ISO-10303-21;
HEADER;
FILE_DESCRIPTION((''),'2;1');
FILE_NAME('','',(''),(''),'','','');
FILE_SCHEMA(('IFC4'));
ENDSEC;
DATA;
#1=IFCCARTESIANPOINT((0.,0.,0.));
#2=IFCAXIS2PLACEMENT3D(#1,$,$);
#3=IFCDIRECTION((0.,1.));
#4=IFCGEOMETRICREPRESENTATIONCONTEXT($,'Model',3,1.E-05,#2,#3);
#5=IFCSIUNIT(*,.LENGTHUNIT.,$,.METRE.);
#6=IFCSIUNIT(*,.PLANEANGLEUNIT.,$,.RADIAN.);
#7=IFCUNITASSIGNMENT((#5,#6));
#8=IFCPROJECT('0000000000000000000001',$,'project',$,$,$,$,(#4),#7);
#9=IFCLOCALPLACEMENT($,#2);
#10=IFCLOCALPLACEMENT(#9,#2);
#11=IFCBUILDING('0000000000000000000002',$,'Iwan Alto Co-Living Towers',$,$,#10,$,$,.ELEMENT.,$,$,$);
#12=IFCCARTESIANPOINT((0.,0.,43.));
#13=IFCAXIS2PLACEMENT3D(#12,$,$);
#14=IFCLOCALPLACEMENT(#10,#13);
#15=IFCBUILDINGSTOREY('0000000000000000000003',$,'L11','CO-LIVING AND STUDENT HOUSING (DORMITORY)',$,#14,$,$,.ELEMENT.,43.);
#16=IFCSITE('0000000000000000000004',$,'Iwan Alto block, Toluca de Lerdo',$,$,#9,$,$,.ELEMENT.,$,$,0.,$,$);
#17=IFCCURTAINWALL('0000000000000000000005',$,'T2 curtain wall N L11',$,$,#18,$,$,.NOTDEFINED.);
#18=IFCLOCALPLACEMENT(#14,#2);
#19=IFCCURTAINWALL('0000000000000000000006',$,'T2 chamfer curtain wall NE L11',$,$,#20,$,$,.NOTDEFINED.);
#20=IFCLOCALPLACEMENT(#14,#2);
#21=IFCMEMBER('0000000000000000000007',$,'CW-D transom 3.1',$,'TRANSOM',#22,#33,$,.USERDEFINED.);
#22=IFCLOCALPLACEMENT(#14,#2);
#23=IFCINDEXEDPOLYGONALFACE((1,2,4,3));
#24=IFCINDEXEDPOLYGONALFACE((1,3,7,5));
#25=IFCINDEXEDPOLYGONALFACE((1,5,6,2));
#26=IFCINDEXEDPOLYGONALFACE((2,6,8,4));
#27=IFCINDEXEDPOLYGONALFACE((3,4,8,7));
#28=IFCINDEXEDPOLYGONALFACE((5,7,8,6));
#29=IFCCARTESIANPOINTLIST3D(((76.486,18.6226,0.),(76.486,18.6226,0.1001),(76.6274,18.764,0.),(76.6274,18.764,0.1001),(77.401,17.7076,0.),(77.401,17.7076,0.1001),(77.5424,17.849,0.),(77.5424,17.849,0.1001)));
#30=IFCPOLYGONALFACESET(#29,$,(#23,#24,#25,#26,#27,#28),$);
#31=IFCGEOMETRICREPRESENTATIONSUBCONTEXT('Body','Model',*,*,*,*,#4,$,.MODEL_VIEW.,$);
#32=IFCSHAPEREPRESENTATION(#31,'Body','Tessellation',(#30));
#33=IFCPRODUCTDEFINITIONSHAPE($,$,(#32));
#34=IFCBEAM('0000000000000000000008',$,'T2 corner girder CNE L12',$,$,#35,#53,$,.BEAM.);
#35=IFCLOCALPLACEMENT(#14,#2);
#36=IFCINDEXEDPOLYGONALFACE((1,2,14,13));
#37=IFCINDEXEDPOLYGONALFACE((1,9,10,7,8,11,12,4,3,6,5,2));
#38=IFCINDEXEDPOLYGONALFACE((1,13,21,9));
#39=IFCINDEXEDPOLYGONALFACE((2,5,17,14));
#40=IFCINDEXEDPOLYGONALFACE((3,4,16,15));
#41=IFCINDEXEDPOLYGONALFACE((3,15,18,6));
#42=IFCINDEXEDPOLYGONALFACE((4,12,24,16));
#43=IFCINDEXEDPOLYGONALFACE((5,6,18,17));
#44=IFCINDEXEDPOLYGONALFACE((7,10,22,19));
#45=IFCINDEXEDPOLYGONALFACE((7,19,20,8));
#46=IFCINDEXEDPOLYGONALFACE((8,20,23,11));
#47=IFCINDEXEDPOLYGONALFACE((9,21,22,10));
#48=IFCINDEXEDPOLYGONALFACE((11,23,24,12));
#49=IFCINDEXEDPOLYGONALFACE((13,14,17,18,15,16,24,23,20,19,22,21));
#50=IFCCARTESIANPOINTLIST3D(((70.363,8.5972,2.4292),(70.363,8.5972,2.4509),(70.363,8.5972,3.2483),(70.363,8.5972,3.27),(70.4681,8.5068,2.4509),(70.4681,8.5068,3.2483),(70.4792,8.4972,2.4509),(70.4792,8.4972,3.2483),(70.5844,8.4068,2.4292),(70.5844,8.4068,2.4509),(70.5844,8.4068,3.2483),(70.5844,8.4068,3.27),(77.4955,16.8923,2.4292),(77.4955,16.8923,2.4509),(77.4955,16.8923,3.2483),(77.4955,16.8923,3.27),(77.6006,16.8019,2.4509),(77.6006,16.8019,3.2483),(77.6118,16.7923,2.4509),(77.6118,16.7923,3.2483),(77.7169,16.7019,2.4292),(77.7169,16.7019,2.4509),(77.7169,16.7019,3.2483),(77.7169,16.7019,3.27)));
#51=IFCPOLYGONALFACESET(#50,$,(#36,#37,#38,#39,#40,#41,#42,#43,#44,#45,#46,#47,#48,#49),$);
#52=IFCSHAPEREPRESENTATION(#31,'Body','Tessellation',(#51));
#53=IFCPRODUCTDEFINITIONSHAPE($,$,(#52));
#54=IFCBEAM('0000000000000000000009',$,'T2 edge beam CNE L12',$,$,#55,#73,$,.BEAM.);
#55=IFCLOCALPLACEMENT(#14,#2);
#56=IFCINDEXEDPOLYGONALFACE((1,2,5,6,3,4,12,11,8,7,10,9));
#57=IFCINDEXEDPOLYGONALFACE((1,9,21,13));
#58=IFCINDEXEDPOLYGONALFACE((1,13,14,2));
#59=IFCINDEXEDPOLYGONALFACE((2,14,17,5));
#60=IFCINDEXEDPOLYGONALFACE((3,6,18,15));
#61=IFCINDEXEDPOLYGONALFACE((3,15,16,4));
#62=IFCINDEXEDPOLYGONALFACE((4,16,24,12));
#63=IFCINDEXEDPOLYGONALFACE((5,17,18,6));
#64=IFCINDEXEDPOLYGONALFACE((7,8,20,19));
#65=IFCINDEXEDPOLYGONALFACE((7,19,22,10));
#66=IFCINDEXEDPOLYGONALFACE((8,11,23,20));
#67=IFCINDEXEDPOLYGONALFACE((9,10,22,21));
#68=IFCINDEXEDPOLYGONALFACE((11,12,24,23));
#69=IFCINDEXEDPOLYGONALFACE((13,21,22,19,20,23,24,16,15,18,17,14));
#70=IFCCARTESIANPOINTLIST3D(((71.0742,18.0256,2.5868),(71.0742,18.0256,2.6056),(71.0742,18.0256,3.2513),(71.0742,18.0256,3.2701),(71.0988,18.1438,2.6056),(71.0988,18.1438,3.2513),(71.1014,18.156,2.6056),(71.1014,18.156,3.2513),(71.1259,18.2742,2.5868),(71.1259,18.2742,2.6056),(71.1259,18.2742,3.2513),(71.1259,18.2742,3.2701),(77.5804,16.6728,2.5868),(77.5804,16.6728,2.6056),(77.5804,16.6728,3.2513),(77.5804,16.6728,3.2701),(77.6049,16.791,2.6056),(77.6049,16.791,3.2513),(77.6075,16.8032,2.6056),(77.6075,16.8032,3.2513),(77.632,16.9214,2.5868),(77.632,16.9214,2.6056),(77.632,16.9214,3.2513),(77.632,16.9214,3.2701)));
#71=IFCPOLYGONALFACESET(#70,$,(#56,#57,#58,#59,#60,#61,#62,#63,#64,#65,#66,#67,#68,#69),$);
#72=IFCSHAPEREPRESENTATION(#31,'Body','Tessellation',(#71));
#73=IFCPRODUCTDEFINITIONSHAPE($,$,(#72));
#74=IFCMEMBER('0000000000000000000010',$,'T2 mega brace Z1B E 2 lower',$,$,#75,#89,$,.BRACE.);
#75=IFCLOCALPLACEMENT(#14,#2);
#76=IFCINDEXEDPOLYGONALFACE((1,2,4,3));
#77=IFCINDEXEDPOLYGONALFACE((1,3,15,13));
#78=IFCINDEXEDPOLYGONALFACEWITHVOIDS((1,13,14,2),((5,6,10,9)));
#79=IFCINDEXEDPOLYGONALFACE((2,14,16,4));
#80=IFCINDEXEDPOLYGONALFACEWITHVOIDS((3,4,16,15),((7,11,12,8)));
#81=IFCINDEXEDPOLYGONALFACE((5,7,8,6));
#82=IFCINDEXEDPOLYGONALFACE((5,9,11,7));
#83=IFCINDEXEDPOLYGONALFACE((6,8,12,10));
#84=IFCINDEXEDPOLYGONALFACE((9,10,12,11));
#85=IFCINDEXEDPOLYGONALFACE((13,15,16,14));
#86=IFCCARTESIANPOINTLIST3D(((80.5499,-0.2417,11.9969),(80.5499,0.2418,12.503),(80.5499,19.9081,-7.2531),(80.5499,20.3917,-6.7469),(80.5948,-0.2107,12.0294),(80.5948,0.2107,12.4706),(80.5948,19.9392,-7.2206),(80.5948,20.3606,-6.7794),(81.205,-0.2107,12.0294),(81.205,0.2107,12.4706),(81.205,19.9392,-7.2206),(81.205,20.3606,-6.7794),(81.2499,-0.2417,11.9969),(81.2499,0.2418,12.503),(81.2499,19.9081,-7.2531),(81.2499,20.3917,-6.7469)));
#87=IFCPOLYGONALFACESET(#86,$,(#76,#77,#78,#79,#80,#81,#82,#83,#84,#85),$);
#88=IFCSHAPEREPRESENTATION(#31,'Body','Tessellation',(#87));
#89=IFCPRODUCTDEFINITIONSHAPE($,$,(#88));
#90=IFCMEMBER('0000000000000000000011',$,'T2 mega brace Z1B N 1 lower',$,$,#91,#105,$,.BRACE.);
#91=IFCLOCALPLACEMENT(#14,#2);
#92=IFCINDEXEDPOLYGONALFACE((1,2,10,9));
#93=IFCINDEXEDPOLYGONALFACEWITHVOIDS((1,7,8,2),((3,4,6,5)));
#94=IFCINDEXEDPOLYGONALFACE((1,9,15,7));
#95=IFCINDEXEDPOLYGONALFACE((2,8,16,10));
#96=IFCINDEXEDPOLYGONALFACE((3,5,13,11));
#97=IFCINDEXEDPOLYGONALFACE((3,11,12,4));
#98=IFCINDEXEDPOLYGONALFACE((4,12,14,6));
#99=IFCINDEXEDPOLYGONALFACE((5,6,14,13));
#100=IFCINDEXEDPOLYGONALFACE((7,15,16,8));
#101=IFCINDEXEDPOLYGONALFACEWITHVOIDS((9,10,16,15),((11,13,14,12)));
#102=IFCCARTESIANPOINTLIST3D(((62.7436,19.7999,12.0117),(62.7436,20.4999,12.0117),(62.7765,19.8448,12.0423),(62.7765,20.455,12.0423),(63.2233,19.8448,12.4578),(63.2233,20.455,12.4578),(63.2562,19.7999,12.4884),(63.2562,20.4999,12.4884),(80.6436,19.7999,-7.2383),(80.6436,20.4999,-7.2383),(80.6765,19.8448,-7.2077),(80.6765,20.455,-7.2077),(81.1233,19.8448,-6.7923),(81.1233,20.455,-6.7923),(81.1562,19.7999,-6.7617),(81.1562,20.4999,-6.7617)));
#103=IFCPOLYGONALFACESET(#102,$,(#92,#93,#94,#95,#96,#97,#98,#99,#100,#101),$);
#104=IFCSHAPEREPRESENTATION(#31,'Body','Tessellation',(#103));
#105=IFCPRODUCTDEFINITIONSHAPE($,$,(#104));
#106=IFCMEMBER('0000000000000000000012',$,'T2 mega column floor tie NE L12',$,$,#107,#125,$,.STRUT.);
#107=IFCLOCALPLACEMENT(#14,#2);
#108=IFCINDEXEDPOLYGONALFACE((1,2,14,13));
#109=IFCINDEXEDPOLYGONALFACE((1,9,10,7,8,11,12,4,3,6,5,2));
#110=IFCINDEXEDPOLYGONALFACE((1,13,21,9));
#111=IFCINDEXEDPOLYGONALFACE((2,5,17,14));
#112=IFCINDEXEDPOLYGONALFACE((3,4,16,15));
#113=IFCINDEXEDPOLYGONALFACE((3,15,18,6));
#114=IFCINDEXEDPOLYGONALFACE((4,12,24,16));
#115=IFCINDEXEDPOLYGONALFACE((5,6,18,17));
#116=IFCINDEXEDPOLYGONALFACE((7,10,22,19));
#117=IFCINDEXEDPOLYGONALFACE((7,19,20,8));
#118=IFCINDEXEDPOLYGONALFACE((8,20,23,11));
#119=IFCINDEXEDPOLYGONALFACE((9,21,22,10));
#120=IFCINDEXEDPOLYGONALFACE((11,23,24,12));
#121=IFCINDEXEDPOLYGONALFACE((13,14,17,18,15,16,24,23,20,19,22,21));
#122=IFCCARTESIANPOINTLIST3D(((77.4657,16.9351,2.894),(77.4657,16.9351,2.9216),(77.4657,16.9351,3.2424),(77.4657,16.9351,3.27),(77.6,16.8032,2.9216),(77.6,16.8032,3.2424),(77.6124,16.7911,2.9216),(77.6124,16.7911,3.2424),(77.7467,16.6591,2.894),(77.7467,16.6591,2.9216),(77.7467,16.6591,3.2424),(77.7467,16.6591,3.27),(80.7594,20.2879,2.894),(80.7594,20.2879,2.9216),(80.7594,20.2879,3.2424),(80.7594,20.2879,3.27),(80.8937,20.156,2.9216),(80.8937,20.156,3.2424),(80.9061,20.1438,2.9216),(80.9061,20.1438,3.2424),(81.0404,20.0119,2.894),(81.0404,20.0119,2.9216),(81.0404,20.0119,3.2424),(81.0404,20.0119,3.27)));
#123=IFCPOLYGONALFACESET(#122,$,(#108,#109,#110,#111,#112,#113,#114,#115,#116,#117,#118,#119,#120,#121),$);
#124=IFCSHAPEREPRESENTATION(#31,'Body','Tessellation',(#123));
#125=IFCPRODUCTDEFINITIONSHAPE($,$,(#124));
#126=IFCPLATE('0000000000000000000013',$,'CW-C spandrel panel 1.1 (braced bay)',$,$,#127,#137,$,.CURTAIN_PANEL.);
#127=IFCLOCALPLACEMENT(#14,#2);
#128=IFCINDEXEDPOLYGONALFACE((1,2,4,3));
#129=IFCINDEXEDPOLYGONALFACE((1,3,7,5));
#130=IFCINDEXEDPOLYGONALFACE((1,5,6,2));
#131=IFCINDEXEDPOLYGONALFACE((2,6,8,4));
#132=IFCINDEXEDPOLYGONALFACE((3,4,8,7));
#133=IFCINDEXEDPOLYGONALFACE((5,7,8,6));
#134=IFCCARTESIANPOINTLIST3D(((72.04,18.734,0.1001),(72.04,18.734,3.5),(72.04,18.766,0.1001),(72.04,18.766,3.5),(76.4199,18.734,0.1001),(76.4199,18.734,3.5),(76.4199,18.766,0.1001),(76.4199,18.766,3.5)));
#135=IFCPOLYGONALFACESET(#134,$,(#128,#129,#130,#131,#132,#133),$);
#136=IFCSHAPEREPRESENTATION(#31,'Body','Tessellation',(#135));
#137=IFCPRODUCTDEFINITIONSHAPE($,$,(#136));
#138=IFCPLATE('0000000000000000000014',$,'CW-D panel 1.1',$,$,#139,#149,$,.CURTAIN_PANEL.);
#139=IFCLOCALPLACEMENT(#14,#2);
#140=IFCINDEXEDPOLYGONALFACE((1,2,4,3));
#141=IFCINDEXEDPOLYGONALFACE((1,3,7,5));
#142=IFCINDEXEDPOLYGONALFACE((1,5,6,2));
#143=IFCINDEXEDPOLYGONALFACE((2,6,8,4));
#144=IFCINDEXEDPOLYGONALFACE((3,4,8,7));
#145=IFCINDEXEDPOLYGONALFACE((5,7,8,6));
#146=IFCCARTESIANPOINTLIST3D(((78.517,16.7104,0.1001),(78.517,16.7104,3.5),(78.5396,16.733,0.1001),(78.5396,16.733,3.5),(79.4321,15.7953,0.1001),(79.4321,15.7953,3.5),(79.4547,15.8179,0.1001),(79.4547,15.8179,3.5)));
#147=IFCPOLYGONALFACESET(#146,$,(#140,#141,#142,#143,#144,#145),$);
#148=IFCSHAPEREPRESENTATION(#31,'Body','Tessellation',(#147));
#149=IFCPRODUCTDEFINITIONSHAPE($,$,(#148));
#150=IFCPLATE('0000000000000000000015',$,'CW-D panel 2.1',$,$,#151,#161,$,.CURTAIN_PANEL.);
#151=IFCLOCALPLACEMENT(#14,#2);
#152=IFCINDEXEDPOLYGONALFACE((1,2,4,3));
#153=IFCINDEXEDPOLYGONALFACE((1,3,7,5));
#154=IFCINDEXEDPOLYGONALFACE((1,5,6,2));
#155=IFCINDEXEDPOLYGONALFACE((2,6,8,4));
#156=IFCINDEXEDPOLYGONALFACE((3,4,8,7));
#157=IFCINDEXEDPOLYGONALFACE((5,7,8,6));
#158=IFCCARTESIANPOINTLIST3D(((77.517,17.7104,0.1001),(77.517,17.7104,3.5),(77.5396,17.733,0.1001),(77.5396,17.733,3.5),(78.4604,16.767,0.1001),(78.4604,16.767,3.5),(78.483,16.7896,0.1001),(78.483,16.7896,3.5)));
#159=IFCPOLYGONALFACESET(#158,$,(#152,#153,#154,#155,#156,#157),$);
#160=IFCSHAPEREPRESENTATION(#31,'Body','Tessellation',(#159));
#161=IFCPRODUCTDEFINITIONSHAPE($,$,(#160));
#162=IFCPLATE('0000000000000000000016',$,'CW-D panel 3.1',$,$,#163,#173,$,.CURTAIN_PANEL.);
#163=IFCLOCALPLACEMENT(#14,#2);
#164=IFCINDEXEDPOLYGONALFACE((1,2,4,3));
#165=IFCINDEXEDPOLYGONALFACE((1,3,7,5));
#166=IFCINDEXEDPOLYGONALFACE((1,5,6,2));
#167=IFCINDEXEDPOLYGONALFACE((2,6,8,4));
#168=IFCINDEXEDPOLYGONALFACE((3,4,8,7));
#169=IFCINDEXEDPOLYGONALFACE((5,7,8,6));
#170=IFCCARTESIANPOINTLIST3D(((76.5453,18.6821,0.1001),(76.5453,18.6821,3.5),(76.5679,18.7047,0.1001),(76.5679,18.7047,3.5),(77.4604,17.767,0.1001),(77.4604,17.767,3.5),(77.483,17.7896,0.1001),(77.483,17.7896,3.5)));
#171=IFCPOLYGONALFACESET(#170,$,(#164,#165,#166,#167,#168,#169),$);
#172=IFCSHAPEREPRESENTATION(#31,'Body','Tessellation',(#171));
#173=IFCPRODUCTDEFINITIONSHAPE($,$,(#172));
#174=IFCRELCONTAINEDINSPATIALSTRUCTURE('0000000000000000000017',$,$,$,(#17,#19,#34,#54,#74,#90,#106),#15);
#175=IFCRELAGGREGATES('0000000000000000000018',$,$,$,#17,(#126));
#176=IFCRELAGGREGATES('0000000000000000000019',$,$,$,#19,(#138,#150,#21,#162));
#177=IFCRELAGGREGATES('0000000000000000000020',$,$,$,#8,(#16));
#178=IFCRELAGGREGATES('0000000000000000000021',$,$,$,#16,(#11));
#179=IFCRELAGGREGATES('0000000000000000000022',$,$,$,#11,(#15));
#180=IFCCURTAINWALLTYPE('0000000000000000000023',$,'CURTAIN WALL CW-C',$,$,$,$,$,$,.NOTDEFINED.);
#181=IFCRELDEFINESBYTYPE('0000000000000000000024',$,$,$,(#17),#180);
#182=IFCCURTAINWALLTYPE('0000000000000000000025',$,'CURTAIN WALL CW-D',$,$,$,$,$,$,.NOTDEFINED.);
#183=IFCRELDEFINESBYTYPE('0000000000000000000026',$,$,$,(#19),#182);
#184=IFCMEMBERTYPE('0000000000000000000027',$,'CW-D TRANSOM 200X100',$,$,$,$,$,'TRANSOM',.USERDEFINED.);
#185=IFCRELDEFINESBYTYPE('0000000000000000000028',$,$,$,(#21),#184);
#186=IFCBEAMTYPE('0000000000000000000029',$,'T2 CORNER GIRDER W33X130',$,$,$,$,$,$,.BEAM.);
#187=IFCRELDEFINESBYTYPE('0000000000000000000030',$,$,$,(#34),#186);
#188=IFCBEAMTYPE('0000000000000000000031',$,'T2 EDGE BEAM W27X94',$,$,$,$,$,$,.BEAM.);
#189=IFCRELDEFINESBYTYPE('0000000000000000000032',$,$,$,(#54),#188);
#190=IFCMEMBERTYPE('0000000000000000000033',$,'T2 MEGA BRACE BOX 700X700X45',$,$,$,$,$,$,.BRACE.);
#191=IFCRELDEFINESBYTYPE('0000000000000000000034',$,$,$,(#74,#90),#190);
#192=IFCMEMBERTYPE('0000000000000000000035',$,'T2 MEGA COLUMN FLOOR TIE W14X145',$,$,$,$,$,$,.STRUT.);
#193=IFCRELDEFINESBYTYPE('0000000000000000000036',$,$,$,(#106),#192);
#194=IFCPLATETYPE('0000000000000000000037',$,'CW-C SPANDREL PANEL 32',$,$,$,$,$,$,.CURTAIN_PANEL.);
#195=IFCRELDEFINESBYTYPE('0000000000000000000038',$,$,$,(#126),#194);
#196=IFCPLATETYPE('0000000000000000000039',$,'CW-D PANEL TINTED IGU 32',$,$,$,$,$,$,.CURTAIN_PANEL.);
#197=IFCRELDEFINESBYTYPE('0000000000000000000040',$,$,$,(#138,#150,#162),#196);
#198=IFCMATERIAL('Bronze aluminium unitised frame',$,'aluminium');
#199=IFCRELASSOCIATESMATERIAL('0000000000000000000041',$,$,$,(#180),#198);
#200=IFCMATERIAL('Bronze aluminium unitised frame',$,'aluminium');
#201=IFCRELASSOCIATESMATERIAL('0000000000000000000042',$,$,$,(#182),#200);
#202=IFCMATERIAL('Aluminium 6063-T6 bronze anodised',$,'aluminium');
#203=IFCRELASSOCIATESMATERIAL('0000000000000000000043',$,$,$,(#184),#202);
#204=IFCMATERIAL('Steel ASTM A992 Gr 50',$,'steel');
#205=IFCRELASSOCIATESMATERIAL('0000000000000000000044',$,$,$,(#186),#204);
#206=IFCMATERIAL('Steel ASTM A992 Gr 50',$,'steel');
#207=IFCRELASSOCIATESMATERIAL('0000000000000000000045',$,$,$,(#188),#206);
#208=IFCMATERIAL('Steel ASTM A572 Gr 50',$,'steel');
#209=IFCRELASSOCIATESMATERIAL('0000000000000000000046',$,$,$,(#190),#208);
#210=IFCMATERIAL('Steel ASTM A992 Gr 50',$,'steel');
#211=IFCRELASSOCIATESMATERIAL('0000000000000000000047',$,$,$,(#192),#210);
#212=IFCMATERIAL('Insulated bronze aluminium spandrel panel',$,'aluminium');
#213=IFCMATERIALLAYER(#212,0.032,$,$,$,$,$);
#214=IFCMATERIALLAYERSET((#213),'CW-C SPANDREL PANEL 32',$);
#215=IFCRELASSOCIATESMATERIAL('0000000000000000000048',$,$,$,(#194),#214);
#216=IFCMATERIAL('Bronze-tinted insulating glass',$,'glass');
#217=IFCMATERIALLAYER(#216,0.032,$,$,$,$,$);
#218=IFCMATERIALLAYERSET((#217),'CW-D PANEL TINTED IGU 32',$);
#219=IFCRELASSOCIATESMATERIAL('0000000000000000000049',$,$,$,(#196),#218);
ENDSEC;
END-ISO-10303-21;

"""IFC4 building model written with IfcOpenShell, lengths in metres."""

from ifc_helpers import new_model, si_unit, direction, frame, origin, origin_2d, place, context, subcontext, project, spatial, rectangle, hollow_rectangle, i_section, extrude, material, layer, layer_set, material_profile, profile_set, type_object, element, aggregate, save


model = new_model("IFC4")

# Units and contexts
model_context = context("Model", 3, precision=1e-05, world=origin(), true_north=direction((0.0, 1.0)))
body_context = subcontext(model_context, "Body", "Model", "MODEL_VIEW")
ifc_project = project(units=[si_unit("LENGTHUNIT", "METRE"), si_unit("PLANEANGLEUNIT", "RADIAN")], contexts=[model_context])

# Site, building, storey
site_placement = place(None, origin())
site = spatial("IfcSite", under=ifc_project, at=site_placement, Name="Iwan Alto block, Toluca de Lerdo", CompositionType="ELEMENT", RefElevation=0.0)
building_placement = place(site_placement, origin())
building = spatial("IfcBuilding", under=site, at=building_placement, Name="Iwan Alto Co-Living Towers", CompositionType="ELEMENT")
storey_placement = place(building_placement, frame((0.0, 0.0, 43.0)))
storey = spatial("IfcBuildingStorey", under=building, at=storey_placement, Name="L11", Description="CO-LIVING AND STUDENT HOUSING (DORMITORY)", CompositionType="ELEMENT", Elevation=43.0)

# Shared definitions
ifc_material_1 = material(Name="Bronze aluminium unitised frame", Category="aluminium")
curtain_wall_type_1 = type_object("IfcCurtainWallType", Name="CURTAIN WALL CW-C", PredefinedType="NOTDEFINED", material=ifc_material_1)

# Curtain walls, member
curtain_wall_1_placement = place(storey_placement, origin())
curtain_wall_1 = element("IfcCurtainWall", 1, at=curtain_wall_1_placement, inside=storey, type_object=curtain_wall_type_1, Name="T2 curtain wall N L11", PredefinedType="NOTDEFINED")
ifc_material_2 = material(Name="Bronze aluminium unitised frame", Category="aluminium")
curtain_wall_type_2 = type_object("IfcCurtainWallType", Name="CURTAIN WALL CW-D", PredefinedType="NOTDEFINED", material=ifc_material_2)
curtain_wall_2_placement = place(storey_placement, origin())
curtain_wall_2 = element("IfcCurtainWall", 2, at=curtain_wall_2_placement, inside=storey, type_object=curtain_wall_type_2, Name="T2 chamfer curtain wall NE L11", PredefinedType="NOTDEFINED")
ifc_material_3 = material(Name="Aluminium 6063-T6 bronze anodised", Category="aluminium")
ifc_material_profile_1 = material_profile(ifc_material_3, rectangle(XDim=0.2, YDim=0.1001, at=origin_2d()), Name="AL 200X100")
ifc_profile_set_1 = profile_set([ifc_material_profile_1], Name="Aluminium 6063-T6 bronze anodised")
member_type_1 = type_object("IfcMemberType", Name="CW-D TRANSOM 200X100", ElementType="TRANSOM", PredefinedType="USERDEFINED", material=ifc_profile_set_1)
member_1_placement = place(storey_placement, frame((77.4717, 17.7783, 0.05), z_axis=(-0.707107, 0.707107, 0.0), x_axis=(-0.707107, -0.707107, 0.0)))
member_1 = element("IfcMember", 3, at=member_1_placement, type_object=member_type_1, Name="CW-D transom 3.1", ObjectType="TRANSOM", PredefinedType="USERDEFINED", context=body_context, shape_type="SweptSolid", body=[
    extrude(rectangle(XDim=0.2, YDim=0.1001, at=origin_2d()), origin(), (0.0, 0.0, 1.0), 1.2939),
])

# Beams
ifc_material_4 = material(Name="Steel ASTM A992 Gr 50", Category="steel")
ifc_material_profile_2 = material_profile(ifc_material_4, i_section(OverallWidth=0.292, OverallDepth=0.8408, WebThickness=0.0146, FlangeThickness=0.0217, at=origin_2d()), Name="W33X130")
ifc_profile_set_2 = profile_set([ifc_material_profile_2], Name="Steel ASTM A992 Gr 50")
beam_type_1 = type_object("IfcBeamType", Name="T2 CORNER GIRDER W33X130", PredefinedType="BEAM", material=ifc_profile_set_2)
beam_1_placement = place(storey_placement, frame((77.6062, 16.7971, 2.8496), z_axis=(-0.651972, -0.758243, 0.0), x_axis=(0.758243, -0.651972, 0.0)))
element("IfcBeam", 4, at=beam_1_placement, inside=storey, type_object=beam_type_1, Name="T2 corner girder CNE L12", PredefinedType="BEAM", context=body_context, shape_type="SweptSolid", body=[
    extrude(i_section(OverallWidth=0.292, OverallDepth=0.8408, WebThickness=0.0146, FlangeThickness=0.0217, at=origin_2d()), origin(), (0.0, 0.0, 1.0), 10.9399),
])
ifc_material_5 = material(Name="Steel ASTM A992 Gr 50", Category="steel")
ifc_material_profile_3 = material_profile(ifc_material_5, i_section(OverallWidth=0.2539, OverallDepth=0.6833, WebThickness=0.0125, FlangeThickness=0.0188, at=origin_2d()), Name="W27X94")
ifc_profile_set_3 = profile_set([ifc_material_profile_3], Name="Steel ASTM A992 Gr 50")
beam_type_2 = type_object("IfcBeamType", Name="T2 EDGE BEAM W27X94", PredefinedType="BEAM", material=ifc_profile_set_3)
beam_2_placement = place(storey_placement, frame((77.6062, 16.7971, 2.9285), z_axis=(-0.97906, 0.203571, 0.0), x_axis=(-0.203571, -0.97906, 0.0)))
element("IfcBeam", 5, at=beam_2_placement, inside=storey, type_object=beam_type_2, Name="T2 edge beam CNE L12", PredefinedType="BEAM", context=body_context, shape_type="SweptSolid", body=[
    extrude(i_section(OverallWidth=0.2539, OverallDepth=0.6833, WebThickness=0.0125, FlangeThickness=0.0188, at=origin_2d()), origin(), (0.0, 0.0, 1.0), 6.6453),
])

# Members
ifc_material_6 = material(Name="Steel ASTM A572 Gr 50", Category="steel")
ifc_material_profile_4 = material_profile(ifc_material_6, hollow_rectangle(XDim=0.7, YDim=0.7, WallThickness=0.0449, at=origin_2d()), Name="BOX 700X700X45")
ifc_profile_set_4 = profile_set([ifc_material_profile_4], Name="Steel ASTM A572 Gr 50")
member_type_2 = type_object("IfcMemberType", Name="T2 MEGA BRACE BOX 700X700X45", PredefinedType="BRACE", material=ifc_profile_set_4)
member_2_placement = place(storey_placement, frame((80.8999, 20.1499, -7.0), z_axis=(0.0, -0.723069, 0.690776), x_axis=(1.0, 0.0, 0.0)))
element("IfcMember", 6, at=member_2_placement, inside=storey, type_object=member_type_2, Name="T2 mega brace Z1B E 2 lower", PredefinedType="BRACE", context=body_context, shape_type="SweptSolid", body=[
    extrude(hollow_rectangle(XDim=0.7, YDim=0.7, WallThickness=0.0449, at=origin_2d()), origin(), (0.0, 0.0, 1.0), 27.8672),
])
member_3_placement = place(storey_placement, frame((80.8999, 20.1499, -7.0), z_axis=(-0.68096, 0.0, 0.732321), x_axis=(0.0, -1.0, 0.0)))
element("IfcMember", 7, at=member_3_placement, inside=storey, type_object=member_type_2, Name="T2 mega brace Z1B N 1 lower", PredefinedType="BRACE", context=body_context, shape_type="SweptSolid", body=[
    extrude(hollow_rectangle(XDim=0.7, YDim=0.7, WallThickness=0.0449, at=origin_2d()), origin(), (0.0, 0.0, 1.0), 26.2864),
])
ifc_material_7 = material(Name="Steel ASTM A992 Gr 50", Category="steel")
ifc_material_profile_5 = material_profile(ifc_material_7, i_section(OverallWidth=0.3938, OverallDepth=0.376, WebThickness=0.0173, FlangeThickness=0.0276, at=origin_2d()), Name="W14X145")
ifc_profile_set_5 = profile_set([ifc_material_profile_5], Name="Steel ASTM A992 Gr 50")
member_type_3 = type_object("IfcMemberType", Name="T2 MEGA COLUMN FLOOR TIE W14X145", PredefinedType="STRUT", material=ifc_profile_set_5)
member_4_placement = place(storey_placement, frame((80.8999, 20.1499, 3.082), z_axis=(-0.700793, -0.713364, 0.0), x_axis=(0.713364, -0.700793, 0.0)))
element("IfcMember", 8, at=member_4_placement, inside=storey, type_object=member_type_3, Name="T2 mega column floor tie NE L12", PredefinedType="STRUT", context=body_context, shape_type="SweptSolid", body=[
    extrude(i_section(OverallWidth=0.3938, OverallDepth=0.376, WebThickness=0.0173, FlangeThickness=0.0276, at=origin_2d()), origin(), (0.0, 0.0, 1.0), 4.7),
])

# Plates
ifc_material_8 = material(Name="Insulated bronze aluminium spandrel panel", Category="aluminium")
ifc_layer_1 = layer(ifc_material_8, 0.032)
ifc_layer_set_1 = layer_set([ifc_layer_1], Name="CW-C SPANDREL PANEL 32")
plate_type_1 = type_object("IfcPlateType", Name="CW-C SPANDREL PANEL 32", PredefinedType="CURTAIN_PANEL", material=ifc_layer_set_1)
plate_1_placement = place(storey_placement, frame((74.23, 18.75, 0.1001), z_axis=(0.0, 0.0, 1.0), x_axis=(-1.0, 0.0, 0.0)))
plate_1 = element("IfcPlate", 9, at=plate_1_placement, type_object=plate_type_1, Name="CW-C spandrel panel 1.1 (braced bay)", PredefinedType="CURTAIN_PANEL", context=body_context, shape_type="SweptSolid", body=[
    extrude(rectangle(XDim=4.3799, YDim=0.032, at=origin_2d()), origin(), (0.0, 0.0, 1.0), 3.3999),
])
aggregate(curtain_wall_1, [plate_1])
ifc_material_9 = material(Name="Bronze-tinted insulating glass", Category="glass")
ifc_layer_2 = layer(ifc_material_9, 0.032)
ifc_layer_set_2 = layer_set([ifc_layer_2], Name="CW-D PANEL TINTED IGU 32")
plate_type_2 = type_object("IfcPlateType", Name="CW-D PANEL TINTED IGU 32", PredefinedType="CURTAIN_PANEL", material=ifc_layer_set_2)
plate_2_placement = place(storey_placement, frame((78.9858, 16.2642, 0.1001), z_axis=(0.0, 0.0, 1.0), x_axis=(-0.707107, 0.707107, 0.0)))
plate_2 = element("IfcPlate", 10, at=plate_2_placement, type_object=plate_type_2, Name="CW-D panel 1.1", PredefinedType="CURTAIN_PANEL", context=body_context, shape_type="SweptSolid", body=[
    extrude(rectangle(XDim=1.2942, YDim=0.032, at=origin_2d()), origin(), (0.0, 0.0, 1.0), 3.3999),
])
plate_3_placement = place(storey_placement, frame((78.0, 17.25, 0.1001), z_axis=(0.0, 0.0, 1.0), x_axis=(-0.707107, 0.707107, 0.0)))
plate_3 = element("IfcPlate", 11, at=plate_3_placement, type_object=plate_type_2, Name="CW-D panel 2.1", PredefinedType="CURTAIN_PANEL", context=body_context, shape_type="SweptSolid", body=[
    extrude(rectangle(XDim=1.3342, YDim=0.032, at=origin_2d()), origin(), (0.0, 0.0, 1.0), 3.3999),
])
plate_4_placement = place(storey_placement, frame((77.0142, 18.2358, 0.1001), z_axis=(0.0, 0.0, 1.0), x_axis=(-0.707107, 0.707107, 0.0)))
plate_4 = element("IfcPlate", 12, at=plate_4_placement, type_object=plate_type_2, Name="CW-D panel 3.1", PredefinedType="CURTAIN_PANEL", context=body_context, shape_type="SweptSolid", body=[
    extrude(rectangle(XDim=1.2942, YDim=0.032, at=origin_2d()), origin(), (0.0, 0.0, 1.0), 3.3999),
])
aggregate(curtain_wall_2, [plate_2, plate_3, member_1, plate_4])

save(model, "model.ifc")
